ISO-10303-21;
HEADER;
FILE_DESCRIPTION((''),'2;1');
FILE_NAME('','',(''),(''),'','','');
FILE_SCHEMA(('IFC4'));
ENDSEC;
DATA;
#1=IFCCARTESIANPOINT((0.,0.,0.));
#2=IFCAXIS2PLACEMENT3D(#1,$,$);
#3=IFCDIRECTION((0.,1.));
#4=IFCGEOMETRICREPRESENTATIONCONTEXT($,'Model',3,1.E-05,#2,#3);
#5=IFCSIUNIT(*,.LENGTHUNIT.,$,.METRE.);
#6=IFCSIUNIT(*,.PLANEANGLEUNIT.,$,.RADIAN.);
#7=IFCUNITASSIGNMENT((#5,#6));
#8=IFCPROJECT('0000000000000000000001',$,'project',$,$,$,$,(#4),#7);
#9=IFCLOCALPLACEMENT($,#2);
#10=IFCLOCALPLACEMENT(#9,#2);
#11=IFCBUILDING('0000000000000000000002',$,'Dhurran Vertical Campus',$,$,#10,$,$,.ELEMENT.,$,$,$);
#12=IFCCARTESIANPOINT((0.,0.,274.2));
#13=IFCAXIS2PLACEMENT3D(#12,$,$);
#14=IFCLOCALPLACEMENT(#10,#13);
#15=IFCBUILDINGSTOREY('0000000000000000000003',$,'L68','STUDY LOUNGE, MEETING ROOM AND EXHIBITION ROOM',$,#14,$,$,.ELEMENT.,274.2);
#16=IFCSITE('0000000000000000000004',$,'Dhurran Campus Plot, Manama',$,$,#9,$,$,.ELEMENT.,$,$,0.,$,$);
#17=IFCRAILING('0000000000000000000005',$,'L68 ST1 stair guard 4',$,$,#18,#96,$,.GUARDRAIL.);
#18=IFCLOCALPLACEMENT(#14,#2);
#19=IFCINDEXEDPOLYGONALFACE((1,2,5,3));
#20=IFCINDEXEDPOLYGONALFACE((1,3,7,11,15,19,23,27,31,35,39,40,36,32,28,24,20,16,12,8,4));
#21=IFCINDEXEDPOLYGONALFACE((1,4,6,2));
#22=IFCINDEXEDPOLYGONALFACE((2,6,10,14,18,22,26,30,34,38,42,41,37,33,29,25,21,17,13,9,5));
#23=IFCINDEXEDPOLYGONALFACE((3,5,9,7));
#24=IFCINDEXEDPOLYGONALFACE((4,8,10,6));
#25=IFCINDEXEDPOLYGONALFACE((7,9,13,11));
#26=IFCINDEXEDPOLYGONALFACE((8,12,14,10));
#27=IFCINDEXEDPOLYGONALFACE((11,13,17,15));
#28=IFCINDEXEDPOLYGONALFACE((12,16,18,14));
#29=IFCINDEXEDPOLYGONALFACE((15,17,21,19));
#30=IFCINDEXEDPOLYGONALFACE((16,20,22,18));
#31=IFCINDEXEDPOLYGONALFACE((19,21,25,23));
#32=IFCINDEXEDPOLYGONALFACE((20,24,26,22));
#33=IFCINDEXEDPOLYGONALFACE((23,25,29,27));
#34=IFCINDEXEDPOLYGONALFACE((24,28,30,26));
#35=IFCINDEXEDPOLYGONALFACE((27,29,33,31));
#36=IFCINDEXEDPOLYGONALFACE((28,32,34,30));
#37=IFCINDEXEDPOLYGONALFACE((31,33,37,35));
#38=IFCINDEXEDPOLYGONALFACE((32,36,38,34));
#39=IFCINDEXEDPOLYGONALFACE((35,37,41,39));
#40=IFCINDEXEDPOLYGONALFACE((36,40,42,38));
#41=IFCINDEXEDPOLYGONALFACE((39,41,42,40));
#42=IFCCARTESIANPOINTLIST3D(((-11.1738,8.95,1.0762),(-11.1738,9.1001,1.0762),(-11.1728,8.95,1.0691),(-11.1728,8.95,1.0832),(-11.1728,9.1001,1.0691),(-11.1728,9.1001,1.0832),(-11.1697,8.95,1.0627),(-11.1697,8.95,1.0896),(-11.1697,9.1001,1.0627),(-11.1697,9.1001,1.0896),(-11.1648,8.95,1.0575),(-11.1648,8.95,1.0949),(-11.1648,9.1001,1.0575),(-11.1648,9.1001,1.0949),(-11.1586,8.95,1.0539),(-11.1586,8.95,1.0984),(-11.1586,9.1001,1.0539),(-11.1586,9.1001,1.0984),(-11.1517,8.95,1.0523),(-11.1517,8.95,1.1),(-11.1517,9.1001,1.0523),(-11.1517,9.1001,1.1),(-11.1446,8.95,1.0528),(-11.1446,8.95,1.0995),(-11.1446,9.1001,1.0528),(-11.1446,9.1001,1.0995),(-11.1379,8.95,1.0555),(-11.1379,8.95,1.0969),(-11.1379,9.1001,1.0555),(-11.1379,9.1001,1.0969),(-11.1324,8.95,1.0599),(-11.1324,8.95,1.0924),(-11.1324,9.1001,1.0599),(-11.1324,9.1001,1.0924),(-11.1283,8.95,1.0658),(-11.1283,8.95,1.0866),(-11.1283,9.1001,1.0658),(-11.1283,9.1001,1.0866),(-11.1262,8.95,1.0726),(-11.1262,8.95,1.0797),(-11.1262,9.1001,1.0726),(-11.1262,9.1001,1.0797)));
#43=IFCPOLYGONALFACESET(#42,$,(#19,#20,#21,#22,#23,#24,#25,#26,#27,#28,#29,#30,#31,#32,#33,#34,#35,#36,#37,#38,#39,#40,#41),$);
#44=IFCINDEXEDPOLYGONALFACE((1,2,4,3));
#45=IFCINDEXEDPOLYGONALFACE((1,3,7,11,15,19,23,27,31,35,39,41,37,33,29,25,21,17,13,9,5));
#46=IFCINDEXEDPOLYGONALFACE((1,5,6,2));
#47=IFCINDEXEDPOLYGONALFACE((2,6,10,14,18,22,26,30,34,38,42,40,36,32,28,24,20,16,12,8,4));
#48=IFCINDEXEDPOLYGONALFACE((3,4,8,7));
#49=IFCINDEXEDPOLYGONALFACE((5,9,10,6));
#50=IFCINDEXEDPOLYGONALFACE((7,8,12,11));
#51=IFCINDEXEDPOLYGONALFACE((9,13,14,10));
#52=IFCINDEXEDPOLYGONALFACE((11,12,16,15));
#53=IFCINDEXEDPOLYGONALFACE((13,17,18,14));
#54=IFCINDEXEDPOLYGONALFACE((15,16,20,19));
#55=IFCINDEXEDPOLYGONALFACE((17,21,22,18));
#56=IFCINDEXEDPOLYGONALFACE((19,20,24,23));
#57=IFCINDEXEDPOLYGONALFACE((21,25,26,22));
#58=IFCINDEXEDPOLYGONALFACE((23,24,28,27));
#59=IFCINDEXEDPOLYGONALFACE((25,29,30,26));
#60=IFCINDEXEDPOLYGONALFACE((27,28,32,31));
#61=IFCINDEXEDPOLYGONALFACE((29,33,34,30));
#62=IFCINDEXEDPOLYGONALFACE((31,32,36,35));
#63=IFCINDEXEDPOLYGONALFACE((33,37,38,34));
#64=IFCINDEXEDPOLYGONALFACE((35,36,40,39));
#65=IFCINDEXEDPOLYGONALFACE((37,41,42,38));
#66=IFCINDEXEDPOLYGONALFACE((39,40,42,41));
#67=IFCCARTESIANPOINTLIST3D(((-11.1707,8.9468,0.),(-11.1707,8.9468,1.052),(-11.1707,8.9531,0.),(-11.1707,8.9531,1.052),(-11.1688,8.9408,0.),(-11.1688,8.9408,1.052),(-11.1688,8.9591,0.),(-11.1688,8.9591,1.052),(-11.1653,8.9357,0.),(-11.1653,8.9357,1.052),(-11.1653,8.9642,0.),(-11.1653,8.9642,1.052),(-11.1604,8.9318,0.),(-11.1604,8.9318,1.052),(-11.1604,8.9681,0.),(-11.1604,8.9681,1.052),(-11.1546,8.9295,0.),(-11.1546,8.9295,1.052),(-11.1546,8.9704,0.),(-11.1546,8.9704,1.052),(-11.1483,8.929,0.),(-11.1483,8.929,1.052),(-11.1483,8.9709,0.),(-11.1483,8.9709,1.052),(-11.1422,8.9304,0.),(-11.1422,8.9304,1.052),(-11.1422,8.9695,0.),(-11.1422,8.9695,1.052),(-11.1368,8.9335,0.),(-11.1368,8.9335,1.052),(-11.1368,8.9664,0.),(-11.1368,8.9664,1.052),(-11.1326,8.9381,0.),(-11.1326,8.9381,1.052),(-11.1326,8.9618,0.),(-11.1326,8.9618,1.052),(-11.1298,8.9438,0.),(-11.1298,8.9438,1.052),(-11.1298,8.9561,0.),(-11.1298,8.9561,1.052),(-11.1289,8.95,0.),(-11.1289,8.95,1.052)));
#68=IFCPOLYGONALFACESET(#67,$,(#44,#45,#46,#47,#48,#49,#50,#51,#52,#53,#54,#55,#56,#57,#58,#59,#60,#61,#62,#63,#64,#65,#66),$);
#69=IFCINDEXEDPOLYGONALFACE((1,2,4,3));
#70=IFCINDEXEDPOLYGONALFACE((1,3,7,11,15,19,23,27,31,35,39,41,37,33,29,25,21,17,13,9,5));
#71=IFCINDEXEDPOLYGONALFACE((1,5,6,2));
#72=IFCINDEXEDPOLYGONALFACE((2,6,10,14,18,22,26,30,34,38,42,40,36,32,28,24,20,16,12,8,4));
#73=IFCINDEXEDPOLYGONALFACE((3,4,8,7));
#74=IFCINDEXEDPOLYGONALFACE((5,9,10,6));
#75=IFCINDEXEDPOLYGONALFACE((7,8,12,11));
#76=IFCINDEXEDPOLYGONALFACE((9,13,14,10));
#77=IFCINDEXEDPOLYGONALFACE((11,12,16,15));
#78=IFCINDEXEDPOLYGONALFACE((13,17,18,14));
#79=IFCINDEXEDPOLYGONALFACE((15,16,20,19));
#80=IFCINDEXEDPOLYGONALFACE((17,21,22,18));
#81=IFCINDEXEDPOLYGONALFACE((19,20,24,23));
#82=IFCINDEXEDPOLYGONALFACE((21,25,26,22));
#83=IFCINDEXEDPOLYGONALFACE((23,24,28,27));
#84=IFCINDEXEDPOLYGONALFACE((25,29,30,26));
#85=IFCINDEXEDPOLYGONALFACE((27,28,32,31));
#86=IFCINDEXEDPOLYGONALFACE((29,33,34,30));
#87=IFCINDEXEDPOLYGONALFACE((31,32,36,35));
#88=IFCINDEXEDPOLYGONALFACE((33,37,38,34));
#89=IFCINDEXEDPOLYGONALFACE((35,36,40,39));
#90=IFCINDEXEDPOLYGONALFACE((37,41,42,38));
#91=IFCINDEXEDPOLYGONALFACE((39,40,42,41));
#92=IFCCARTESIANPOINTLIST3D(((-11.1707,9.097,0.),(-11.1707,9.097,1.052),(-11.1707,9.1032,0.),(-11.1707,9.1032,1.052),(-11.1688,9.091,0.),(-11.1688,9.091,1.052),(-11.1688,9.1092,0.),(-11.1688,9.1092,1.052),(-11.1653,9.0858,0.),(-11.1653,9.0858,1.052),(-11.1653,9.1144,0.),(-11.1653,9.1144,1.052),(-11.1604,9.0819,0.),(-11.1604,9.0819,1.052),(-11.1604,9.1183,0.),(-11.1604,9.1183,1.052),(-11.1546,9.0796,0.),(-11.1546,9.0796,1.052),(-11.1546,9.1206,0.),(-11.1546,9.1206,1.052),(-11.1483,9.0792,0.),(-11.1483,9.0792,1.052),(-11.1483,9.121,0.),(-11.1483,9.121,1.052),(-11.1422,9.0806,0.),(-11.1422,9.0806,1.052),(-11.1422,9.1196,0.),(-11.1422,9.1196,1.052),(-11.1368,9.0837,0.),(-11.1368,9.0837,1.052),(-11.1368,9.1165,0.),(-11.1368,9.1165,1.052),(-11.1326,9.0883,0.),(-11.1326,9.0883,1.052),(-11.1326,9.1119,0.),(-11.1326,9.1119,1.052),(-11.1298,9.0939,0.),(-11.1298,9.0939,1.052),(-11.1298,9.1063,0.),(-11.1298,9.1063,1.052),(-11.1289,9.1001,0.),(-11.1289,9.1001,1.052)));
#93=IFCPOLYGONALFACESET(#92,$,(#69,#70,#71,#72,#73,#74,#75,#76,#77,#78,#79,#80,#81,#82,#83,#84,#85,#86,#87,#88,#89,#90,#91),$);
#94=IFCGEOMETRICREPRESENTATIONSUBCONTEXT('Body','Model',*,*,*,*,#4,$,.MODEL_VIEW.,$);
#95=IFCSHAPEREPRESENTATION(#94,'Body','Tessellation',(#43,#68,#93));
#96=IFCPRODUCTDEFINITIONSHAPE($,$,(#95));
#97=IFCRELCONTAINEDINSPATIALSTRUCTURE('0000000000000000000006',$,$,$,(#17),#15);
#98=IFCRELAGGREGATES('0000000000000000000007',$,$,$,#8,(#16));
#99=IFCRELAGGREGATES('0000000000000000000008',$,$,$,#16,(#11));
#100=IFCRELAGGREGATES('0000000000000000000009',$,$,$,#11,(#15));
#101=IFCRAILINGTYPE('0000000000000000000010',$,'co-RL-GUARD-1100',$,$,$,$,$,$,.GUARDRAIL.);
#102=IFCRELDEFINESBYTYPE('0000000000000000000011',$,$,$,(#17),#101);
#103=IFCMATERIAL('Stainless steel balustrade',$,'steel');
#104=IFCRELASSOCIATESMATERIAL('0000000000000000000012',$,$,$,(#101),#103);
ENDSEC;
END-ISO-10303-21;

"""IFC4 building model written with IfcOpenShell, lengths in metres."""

from ifc_helpers import new_model, si_unit, direction, frame, origin, origin_2d, place, context, subcontext, project, spatial, circle, extrude, material, type_object, element, save


model = new_model("IFC4")

# Units and contexts
model_context = context("Model", 3, precision=1e-05, world=origin(), true_north=direction((0.0, 1.0)))
body_context = subcontext(model_context, "Body", "Model", "MODEL_VIEW")
ifc_project = project(units=[si_unit("LENGTHUNIT", "METRE"), si_unit("PLANEANGLEUNIT", "RADIAN")], contexts=[model_context])

# Site, building, storey
site_placement = place(None, origin())
site = spatial("IfcSite", under=ifc_project, at=site_placement, Name="Dhurran Campus Plot, Manama", CompositionType="ELEMENT", RefElevation=0.0)
building_placement = place(site_placement, origin())
building = spatial("IfcBuilding", under=site, at=building_placement, Name="Dhurran Vertical Campus", CompositionType="ELEMENT")
storey_placement = place(building_placement, frame((0.0, 0.0, 274.2)))
storey = spatial("IfcBuildingStorey", under=building, at=storey_placement, Name="L68", Description="STUDY LOUNGE, MEETING ROOM AND EXHIBITION ROOM", CompositionType="ELEMENT", Elevation=274.2)

# Railing
ifc_material_1 = material(Name="Stainless steel balustrade", Category="steel")
railing_type_1 = type_object("IfcRailingType", Name="co-RL-GUARD-1100", PredefinedType="GUARDRAIL", material=ifc_material_1)
railing_1_placement = place(storey_placement, frame((-11.1499, 8.95, 0.0)))
element("IfcRailing", 1, at=railing_1_placement, inside=storey, type_object=railing_type_1, Name="L68 ST1 stair guard 4", PredefinedType="GUARDRAIL", context=body_context, shape_type="SweptSolid", body=[
    extrude(circle(Radius=0.0239, at=origin_2d()), frame((0.0, 0.0, 1.0762), z_axis=(0.0, 1.0, 0.0), x_axis=(-1.0, 0.0, 0.0)), (0.0, 0.0, 1.0), 0.1501),
    extrude(circle(Radius=0.021, at=origin_2d()), origin(), (0.0, 0.0, 1.0), 1.052),
    extrude(circle(Radius=0.021, at=origin_2d()), frame((0.0, 0.1501, 0.0)), (0.0, 0.0, 1.0), 1.052),
])

save(model, "model.ifc")
